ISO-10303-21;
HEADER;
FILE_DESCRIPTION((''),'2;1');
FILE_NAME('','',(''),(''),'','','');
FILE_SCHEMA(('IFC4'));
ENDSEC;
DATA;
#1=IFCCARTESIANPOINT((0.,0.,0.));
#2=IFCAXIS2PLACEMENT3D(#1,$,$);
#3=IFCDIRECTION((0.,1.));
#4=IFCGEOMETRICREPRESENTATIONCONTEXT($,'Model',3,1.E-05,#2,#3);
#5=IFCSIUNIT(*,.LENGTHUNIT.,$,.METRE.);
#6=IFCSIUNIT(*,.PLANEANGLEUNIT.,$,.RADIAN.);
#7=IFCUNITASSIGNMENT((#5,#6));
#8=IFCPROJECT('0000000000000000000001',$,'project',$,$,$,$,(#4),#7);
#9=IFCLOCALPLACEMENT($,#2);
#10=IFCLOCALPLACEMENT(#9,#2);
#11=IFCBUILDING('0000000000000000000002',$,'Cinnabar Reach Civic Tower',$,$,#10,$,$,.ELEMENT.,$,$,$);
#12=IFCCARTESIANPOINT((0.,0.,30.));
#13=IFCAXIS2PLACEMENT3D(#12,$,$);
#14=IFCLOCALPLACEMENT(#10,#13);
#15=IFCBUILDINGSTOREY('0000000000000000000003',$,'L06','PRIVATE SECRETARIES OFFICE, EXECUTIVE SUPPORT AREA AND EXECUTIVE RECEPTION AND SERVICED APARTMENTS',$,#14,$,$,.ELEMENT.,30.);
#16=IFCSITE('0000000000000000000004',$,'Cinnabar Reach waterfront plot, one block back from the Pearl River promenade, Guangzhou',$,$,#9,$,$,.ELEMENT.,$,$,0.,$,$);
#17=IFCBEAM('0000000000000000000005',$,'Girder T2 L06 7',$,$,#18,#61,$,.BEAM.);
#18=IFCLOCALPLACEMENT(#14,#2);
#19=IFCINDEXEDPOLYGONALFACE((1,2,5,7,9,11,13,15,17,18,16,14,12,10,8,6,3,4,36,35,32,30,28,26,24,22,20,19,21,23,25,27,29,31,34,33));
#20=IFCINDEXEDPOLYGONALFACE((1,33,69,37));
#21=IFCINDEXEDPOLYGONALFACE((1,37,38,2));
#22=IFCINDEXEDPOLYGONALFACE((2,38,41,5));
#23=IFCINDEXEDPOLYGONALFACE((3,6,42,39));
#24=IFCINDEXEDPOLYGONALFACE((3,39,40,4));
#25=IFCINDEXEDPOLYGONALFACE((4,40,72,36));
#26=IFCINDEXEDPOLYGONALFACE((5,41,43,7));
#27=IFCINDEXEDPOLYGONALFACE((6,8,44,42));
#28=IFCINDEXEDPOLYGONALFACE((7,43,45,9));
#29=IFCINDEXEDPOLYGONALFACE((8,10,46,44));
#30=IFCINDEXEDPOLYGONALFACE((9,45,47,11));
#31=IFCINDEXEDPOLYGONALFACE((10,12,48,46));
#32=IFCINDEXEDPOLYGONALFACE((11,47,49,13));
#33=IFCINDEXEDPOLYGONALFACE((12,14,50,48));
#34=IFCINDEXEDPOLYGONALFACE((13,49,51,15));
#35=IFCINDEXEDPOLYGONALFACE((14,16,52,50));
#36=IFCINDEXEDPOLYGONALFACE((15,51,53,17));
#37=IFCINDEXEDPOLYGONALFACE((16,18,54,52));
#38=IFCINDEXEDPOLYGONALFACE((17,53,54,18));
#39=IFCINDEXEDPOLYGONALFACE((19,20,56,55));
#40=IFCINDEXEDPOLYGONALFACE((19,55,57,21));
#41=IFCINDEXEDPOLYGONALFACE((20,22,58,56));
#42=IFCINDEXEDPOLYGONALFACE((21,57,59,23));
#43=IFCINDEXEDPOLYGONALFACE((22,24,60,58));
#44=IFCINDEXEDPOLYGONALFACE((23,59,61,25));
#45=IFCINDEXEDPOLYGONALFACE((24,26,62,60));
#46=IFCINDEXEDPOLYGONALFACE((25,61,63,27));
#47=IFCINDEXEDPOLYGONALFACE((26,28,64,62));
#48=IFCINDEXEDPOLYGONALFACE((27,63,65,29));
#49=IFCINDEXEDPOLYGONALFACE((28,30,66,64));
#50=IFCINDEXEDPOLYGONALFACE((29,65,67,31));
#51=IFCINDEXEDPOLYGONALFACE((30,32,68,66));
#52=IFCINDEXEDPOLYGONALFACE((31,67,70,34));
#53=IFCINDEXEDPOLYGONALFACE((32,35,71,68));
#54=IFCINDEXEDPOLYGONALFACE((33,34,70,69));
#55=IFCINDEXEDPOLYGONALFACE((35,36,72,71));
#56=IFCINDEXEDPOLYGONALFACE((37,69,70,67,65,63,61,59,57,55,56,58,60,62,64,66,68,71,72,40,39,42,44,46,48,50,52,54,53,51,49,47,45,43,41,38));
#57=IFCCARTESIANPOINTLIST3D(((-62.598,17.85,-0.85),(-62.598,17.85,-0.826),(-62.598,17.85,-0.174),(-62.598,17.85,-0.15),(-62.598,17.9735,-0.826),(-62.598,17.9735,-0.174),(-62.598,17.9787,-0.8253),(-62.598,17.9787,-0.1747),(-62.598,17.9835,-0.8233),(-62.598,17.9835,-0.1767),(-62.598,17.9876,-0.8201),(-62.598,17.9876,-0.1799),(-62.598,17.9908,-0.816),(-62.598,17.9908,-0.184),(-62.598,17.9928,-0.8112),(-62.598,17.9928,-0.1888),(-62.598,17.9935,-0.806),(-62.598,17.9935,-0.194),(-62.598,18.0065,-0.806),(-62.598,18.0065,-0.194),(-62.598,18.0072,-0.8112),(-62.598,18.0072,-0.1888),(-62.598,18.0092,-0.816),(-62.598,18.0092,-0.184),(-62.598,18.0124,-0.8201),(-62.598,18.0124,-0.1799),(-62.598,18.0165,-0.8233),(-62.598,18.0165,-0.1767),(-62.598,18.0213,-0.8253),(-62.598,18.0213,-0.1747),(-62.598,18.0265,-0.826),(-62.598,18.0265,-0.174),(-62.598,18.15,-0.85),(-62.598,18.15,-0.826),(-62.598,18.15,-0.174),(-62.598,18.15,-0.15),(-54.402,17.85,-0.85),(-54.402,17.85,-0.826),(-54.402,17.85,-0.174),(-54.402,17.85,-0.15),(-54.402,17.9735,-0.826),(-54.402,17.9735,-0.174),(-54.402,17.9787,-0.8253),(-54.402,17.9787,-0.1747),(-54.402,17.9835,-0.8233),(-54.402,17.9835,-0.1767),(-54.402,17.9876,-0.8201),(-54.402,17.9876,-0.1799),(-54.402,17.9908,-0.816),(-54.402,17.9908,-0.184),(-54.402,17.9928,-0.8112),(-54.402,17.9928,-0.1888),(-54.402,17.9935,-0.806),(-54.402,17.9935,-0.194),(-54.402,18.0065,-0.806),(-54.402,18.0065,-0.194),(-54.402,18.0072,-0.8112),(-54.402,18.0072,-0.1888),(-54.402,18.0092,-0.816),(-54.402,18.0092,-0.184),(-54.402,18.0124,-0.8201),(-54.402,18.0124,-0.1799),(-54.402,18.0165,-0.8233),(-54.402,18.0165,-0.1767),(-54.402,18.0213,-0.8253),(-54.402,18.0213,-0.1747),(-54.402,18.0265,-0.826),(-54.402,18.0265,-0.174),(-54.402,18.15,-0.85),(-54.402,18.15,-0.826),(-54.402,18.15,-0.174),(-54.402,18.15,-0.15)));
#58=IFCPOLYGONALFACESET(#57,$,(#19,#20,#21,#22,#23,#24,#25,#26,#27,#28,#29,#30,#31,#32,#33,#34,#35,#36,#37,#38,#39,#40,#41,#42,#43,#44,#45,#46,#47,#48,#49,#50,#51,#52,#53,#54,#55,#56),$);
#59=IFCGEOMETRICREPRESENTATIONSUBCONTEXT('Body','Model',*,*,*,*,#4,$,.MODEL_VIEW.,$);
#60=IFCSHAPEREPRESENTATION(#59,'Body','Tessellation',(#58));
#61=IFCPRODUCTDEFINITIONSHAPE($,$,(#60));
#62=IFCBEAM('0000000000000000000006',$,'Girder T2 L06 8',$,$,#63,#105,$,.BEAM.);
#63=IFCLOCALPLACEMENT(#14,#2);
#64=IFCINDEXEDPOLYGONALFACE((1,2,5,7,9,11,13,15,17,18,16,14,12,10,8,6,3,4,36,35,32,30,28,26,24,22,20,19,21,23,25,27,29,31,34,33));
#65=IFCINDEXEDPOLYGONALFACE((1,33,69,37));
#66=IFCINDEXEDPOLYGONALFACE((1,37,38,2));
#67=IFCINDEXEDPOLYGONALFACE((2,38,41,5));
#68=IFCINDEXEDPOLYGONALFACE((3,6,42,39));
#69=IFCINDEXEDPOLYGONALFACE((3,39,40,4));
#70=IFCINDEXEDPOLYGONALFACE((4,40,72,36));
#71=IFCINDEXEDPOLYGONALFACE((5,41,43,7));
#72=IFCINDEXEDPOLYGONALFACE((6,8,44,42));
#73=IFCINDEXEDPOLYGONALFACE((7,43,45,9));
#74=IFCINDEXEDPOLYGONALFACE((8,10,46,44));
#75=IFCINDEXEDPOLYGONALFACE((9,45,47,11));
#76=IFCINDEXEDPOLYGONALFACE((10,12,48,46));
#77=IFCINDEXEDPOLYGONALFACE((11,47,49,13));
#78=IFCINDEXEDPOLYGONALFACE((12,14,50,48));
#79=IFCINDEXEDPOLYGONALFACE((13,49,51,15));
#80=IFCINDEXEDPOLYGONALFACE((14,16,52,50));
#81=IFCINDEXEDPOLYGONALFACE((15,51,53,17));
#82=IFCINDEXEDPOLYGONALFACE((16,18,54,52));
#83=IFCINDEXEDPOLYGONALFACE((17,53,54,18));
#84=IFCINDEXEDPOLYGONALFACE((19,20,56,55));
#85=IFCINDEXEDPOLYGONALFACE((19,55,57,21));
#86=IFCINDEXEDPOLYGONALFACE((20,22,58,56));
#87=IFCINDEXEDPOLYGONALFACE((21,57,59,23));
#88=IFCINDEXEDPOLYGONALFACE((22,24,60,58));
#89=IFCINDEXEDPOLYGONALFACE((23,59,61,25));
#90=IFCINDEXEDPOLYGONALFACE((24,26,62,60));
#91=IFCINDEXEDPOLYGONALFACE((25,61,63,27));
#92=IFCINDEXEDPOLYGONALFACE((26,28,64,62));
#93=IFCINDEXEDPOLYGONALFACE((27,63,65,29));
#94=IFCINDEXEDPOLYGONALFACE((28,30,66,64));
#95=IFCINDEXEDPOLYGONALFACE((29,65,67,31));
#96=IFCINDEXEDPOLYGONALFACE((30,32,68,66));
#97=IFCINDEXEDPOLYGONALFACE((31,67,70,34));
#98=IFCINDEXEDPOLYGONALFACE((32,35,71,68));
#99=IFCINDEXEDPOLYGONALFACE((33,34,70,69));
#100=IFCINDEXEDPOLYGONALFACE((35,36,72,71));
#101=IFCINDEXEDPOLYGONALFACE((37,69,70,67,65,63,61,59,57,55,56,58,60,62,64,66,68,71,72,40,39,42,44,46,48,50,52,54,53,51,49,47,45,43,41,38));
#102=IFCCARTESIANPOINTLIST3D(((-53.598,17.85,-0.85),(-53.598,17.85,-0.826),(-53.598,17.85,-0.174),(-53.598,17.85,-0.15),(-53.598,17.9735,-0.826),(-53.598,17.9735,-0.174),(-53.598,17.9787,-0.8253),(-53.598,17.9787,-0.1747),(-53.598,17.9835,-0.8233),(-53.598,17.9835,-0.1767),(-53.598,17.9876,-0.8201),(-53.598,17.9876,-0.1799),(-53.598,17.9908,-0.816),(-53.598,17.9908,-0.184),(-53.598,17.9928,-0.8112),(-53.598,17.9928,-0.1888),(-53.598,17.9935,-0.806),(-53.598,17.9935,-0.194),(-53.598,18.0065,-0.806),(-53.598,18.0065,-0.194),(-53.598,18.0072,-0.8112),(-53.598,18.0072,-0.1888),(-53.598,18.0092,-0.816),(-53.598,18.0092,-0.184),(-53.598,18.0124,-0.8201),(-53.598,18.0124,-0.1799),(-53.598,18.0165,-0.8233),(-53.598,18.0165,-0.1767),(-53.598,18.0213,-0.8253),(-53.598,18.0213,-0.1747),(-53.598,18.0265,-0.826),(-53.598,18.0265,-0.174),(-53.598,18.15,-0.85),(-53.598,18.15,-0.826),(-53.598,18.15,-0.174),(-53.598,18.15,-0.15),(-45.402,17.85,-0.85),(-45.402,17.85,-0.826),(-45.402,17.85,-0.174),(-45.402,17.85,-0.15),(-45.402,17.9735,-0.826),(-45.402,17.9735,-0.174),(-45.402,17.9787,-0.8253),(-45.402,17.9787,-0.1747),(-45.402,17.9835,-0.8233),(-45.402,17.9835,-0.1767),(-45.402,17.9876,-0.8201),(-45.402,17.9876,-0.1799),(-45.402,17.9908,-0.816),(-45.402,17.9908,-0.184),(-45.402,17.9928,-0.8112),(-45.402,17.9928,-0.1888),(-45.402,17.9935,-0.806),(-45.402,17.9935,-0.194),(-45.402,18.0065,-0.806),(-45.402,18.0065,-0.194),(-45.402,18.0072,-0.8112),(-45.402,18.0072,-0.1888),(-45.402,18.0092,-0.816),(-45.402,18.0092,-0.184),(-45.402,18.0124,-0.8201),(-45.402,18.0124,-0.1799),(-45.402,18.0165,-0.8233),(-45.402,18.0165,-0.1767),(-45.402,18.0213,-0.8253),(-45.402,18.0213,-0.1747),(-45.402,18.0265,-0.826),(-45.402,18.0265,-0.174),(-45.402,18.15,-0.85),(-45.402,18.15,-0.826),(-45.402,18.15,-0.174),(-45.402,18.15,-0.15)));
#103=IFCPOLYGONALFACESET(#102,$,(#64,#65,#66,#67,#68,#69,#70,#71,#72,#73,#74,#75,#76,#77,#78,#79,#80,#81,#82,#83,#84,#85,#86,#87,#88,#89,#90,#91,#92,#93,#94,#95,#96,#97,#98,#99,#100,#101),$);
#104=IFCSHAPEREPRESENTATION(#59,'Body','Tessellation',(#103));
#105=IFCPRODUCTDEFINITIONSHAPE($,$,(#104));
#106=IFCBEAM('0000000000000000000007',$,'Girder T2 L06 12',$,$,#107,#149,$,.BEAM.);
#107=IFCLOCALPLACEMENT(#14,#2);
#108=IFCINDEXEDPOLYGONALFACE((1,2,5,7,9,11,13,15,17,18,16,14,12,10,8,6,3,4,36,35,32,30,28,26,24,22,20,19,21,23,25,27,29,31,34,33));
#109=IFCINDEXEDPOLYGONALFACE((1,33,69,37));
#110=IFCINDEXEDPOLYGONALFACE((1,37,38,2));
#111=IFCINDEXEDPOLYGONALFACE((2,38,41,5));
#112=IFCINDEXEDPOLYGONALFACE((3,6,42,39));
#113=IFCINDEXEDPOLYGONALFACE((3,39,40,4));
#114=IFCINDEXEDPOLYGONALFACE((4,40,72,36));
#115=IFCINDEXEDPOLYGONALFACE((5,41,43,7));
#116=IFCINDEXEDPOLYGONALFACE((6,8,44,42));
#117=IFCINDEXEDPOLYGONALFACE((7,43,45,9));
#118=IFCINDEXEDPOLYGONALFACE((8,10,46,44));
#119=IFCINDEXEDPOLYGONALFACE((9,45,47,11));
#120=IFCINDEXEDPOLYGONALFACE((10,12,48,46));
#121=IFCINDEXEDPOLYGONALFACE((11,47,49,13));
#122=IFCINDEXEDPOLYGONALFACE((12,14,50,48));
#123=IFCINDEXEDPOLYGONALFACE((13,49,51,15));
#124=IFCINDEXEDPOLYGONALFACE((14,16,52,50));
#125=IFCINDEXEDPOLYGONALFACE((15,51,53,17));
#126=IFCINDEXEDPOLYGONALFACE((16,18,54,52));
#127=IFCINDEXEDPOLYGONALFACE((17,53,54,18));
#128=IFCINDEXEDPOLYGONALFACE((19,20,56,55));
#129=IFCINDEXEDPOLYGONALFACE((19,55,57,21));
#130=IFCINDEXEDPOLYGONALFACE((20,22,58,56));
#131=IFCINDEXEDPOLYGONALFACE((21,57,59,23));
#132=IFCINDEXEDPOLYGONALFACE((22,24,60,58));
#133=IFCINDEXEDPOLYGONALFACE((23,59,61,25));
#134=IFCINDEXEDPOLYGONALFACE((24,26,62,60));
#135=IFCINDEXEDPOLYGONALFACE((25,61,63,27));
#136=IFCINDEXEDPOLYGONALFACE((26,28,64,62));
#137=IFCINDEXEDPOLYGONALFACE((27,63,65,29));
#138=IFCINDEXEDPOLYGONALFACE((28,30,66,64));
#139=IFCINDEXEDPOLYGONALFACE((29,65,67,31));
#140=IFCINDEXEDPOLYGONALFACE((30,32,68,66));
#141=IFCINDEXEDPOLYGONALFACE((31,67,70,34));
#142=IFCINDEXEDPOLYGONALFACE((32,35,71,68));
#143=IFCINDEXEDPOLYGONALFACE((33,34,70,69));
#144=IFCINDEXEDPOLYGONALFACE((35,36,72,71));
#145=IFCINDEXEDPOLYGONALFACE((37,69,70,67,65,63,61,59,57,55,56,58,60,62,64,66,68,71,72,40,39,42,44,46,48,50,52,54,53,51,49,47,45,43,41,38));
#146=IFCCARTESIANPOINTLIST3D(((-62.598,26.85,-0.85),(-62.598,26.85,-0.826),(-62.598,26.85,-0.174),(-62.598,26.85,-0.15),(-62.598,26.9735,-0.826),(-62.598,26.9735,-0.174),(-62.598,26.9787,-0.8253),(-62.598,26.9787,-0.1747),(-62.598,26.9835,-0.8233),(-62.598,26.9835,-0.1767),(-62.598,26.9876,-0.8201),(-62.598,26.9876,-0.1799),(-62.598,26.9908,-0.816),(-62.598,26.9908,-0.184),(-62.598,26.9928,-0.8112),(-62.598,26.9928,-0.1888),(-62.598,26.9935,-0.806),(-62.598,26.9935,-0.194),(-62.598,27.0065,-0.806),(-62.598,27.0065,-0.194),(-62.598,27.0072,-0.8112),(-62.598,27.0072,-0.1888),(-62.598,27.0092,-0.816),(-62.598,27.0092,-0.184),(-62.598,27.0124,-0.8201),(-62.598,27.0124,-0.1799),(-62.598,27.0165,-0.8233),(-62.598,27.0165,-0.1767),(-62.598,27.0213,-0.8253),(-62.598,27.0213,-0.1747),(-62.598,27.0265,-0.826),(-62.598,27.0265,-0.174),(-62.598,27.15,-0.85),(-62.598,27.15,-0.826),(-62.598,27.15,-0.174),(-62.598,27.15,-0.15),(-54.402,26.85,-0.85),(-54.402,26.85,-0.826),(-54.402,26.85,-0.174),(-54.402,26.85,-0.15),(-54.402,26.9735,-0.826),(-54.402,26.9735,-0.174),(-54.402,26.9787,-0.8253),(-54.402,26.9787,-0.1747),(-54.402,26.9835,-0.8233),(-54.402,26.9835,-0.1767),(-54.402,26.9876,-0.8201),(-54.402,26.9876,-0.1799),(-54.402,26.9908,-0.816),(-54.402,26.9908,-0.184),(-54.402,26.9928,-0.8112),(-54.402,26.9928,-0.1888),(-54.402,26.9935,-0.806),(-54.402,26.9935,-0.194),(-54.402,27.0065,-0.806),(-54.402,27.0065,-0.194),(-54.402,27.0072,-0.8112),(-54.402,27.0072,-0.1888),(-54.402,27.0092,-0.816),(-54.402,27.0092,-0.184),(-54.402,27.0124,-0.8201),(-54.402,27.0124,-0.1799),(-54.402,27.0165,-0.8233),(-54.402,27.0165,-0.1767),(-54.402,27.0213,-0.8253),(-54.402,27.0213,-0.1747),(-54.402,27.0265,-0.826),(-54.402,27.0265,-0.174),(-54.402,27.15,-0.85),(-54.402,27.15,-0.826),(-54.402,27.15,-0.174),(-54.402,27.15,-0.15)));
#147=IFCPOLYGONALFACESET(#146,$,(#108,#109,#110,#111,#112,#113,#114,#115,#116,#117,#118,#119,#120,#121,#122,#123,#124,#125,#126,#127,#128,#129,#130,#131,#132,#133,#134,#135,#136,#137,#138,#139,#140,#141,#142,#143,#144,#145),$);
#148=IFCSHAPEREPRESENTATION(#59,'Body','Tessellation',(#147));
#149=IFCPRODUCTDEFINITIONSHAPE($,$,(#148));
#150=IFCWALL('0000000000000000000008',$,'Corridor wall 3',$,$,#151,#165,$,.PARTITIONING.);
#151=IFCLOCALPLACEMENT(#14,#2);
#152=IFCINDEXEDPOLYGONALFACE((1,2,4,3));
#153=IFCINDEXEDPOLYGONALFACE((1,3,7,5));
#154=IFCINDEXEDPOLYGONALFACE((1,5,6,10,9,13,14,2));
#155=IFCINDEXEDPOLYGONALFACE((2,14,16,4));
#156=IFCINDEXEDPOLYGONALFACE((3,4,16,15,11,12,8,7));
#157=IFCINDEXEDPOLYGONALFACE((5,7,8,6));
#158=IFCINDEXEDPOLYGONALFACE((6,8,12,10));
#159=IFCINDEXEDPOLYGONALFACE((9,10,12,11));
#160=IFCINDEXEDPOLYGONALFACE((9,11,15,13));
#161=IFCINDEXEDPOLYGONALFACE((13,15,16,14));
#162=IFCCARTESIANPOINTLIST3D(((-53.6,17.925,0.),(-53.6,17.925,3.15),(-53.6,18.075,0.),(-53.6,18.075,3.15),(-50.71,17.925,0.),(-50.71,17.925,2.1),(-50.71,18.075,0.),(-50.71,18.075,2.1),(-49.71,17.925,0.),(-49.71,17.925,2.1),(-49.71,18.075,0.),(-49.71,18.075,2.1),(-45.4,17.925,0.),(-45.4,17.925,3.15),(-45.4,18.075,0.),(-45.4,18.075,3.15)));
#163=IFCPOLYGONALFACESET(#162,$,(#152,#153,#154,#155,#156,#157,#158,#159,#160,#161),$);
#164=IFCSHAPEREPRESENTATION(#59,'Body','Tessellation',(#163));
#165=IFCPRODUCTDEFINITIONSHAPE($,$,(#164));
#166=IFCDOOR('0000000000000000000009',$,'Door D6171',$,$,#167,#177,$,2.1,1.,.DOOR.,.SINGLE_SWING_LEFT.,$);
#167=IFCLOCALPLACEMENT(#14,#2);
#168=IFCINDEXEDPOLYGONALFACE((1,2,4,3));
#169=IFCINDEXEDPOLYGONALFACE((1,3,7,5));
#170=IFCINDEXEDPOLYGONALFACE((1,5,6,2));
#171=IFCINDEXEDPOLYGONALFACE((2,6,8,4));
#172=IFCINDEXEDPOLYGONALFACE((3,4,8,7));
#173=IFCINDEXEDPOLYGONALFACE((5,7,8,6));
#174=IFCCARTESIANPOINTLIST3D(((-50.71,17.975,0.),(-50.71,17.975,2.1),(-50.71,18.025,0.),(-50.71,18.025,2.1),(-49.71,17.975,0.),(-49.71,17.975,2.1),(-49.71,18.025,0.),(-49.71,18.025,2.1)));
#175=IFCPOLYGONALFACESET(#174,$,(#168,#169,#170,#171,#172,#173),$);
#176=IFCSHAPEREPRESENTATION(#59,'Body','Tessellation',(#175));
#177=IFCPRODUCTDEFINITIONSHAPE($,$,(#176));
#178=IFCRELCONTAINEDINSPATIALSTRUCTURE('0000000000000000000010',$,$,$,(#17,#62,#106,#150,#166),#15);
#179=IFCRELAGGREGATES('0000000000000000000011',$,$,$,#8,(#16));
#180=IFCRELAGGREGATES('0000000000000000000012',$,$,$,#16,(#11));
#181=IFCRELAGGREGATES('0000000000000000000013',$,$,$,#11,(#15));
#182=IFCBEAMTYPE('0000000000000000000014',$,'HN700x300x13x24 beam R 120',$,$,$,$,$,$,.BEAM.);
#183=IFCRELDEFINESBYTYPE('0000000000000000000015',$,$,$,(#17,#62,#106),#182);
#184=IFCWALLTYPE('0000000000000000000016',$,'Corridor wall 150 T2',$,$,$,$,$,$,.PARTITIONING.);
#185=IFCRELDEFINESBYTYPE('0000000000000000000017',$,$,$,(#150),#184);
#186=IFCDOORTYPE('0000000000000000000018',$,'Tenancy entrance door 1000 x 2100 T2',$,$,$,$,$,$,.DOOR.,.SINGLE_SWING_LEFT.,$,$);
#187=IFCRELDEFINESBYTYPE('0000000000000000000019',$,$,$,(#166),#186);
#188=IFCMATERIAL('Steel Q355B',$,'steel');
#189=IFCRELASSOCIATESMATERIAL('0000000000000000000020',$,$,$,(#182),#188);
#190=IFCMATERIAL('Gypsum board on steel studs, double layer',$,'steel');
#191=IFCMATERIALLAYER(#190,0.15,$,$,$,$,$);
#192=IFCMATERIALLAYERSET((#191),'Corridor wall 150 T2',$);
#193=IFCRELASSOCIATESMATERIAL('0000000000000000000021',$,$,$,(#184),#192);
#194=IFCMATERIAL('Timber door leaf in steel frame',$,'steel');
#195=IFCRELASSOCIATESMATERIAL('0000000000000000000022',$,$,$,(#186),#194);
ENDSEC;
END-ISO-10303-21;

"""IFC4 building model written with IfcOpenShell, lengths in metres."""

from ifc_helpers import new_model, si_unit, direction, frame, frame_2d, origin, origin_2d, place, context, subcontext, project, spatial, rectangle, i_section, extrude, material, layer, layer_set, material_profile, profile_set, type_object, element, fill, save


model = new_model("IFC4")

# Units and contexts
model_context = context("Model", 3, precision=1e-05, world=origin(), true_north=direction((0.0, 1.0)))
body_context = subcontext(model_context, "Body", "Model", "MODEL_VIEW")
ifc_project = project(units=[si_unit("LENGTHUNIT", "METRE"), si_unit("PLANEANGLEUNIT", "RADIAN")], contexts=[model_context])

# Site, building, storey
site_placement = place(None, origin())
site = spatial("IfcSite", under=ifc_project, at=site_placement, Name="Cinnabar Reach waterfront plot, one block back from the Pearl River promenade, Guangzhou", CompositionType="ELEMENT", RefElevation=0.0)
building_placement = place(site_placement, origin())
building = spatial("IfcBuilding", under=site, at=building_placement, Name="Cinnabar Reach Civic Tower", CompositionType="ELEMENT")
storey_placement = place(building_placement, frame((0.0, 0.0, 30.0)))
storey = spatial("IfcBuildingStorey", under=building, at=storey_placement, Name="L06", Description="PRIVATE SECRETARIES OFFICE, EXECUTIVE SUPPORT AREA AND EXECUTIVE RECEPTION AND SERVICED APARTMENTS", CompositionType="ELEMENT", Elevation=30.0)

# Beams
ifc_material_1 = material(Name="Steel Q355B", Category="steel")
ifc_material_profile_1 = material_profile(ifc_material_1, i_section(OverallWidth=0.3, OverallDepth=0.7, WebThickness=0.013, FlangeThickness=0.024, FilletRadius=0.02, at=origin_2d()), Name="HN700x300x13x24")
ifc_profile_set_1 = profile_set([ifc_material_profile_1], Name="Steel Q355B")
beam_type_1 = type_object("IfcBeamType", Name="HN700x300x13x24 beam R 120", PredefinedType="BEAM", material=ifc_profile_set_1)
for number, where, z_axis, x_axis, name in (
    (1, (-62.598, 18.0, -0.5), (1.0, 0.0, 0.0), (0.0, 1.0, 0.0), "Girder T2 L06 7"),
    (2, (-53.598, 18.0, -0.5), (1.0, 0.0, 0.0), (0.0, 1.0, 0.0), "Girder T2 L06 8"),
    (3, (-62.598, 27.0, -0.5), (1.0, 0.0, 0.0), (0.0, 1.0, 0.0), "Girder T2 L06 12"),
):
    element("IfcBeam", number, at=place(storey_placement, frame(where, z_axis=z_axis, x_axis=x_axis)), inside=storey, type_object=beam_type_1, Name=name, PredefinedType="BEAM", context=body_context, shape_type="SweptSolid", body=[
        extrude(i_section(OverallWidth=0.3, OverallDepth=0.7, WebThickness=0.013, FlangeThickness=0.024, FilletRadius=0.02, at=origin_2d()), origin(), (0.0, 0.0, 1.0), 8.196),
    ])

# Wall, opening, door
ifc_material_2 = material(Name="Gypsum board on steel studs, double layer", Category="steel")
ifc_layer_1 = layer(ifc_material_2, 0.15)
ifc_layer_set_1 = layer_set([ifc_layer_1], Name="Corridor wall 150 T2")
wall_type_1 = type_object("IfcWallType", Name="Corridor wall 150 T2", PredefinedType="PARTITIONING", material=ifc_layer_set_1)
wall_1_placement = place(storey_placement, frame((-53.6, 18.0, 0.0), z_axis=(0.0, 0.0, 1.0), x_axis=(1.0, 0.0, 0.0)))
wall_1 = element("IfcWall", 4, at=wall_1_placement, inside=storey, type_object=wall_type_1, Name="Corridor wall 3", PredefinedType="PARTITIONING", context=body_context, shape_type="SweptSolid", body=[
    extrude(rectangle(XDim=8.2, YDim=0.15, at=frame_2d((4.1, 0.0))), origin(), (0.0, 0.0, 1.0), 3.15),
])
opening_1_placement = place(wall_1_placement, frame((2.89, 0.0, 0.0)))
opening_1 = element("IfcOpeningElement", 5, at=opening_1_placement, cuts=wall_1, PredefinedType="OPENING", context=body_context, shape_type="SweptSolid", body=[
    extrude(rectangle(XDim=1.0, YDim=2.1, at=frame_2d((0.5, 1.05))), frame((0.0, 0.085, 0.0), z_axis=(0.0, -1.0, 0.0), x_axis=(1.0, 0.0, 0.0)), (0.0, 0.0, 1.0), 0.17),
])
ifc_material_3 = material(Name="Timber door leaf in steel frame", Category="steel")
door_type_1 = type_object("IfcDoorType", Name="Tenancy entrance door 1000 x 2100 T2", OperationType="SINGLE_SWING_LEFT", PredefinedType="DOOR", material=ifc_material_3)
door_1_placement = place(opening_1_placement, frame((1.0, 0.0, 0.0), z_axis=(0.0, 0.0, 1.0), x_axis=(-1.0, 0.0, 0.0)))
door_1 = element("IfcDoor", 6, at=door_1_placement, inside=storey, type_object=door_type_1, Name="Door D6171", OperationType="SINGLE_SWING_LEFT", OverallHeight=2.1, OverallWidth=1.0, PredefinedType="DOOR", context=body_context, shape_type="SweptSolid", body=[
    extrude(rectangle(XDim=1.0, YDim=2.1, at=frame_2d((0.5, 1.05))), frame((0.0, 0.025, 0.0), z_axis=(0.0, -1.0, 0.0), x_axis=(1.0, 0.0, 0.0)), (0.0, 0.0, 1.0), 0.05),
])
fill(opening_1, door_1)

save(model, "model.ifc")
